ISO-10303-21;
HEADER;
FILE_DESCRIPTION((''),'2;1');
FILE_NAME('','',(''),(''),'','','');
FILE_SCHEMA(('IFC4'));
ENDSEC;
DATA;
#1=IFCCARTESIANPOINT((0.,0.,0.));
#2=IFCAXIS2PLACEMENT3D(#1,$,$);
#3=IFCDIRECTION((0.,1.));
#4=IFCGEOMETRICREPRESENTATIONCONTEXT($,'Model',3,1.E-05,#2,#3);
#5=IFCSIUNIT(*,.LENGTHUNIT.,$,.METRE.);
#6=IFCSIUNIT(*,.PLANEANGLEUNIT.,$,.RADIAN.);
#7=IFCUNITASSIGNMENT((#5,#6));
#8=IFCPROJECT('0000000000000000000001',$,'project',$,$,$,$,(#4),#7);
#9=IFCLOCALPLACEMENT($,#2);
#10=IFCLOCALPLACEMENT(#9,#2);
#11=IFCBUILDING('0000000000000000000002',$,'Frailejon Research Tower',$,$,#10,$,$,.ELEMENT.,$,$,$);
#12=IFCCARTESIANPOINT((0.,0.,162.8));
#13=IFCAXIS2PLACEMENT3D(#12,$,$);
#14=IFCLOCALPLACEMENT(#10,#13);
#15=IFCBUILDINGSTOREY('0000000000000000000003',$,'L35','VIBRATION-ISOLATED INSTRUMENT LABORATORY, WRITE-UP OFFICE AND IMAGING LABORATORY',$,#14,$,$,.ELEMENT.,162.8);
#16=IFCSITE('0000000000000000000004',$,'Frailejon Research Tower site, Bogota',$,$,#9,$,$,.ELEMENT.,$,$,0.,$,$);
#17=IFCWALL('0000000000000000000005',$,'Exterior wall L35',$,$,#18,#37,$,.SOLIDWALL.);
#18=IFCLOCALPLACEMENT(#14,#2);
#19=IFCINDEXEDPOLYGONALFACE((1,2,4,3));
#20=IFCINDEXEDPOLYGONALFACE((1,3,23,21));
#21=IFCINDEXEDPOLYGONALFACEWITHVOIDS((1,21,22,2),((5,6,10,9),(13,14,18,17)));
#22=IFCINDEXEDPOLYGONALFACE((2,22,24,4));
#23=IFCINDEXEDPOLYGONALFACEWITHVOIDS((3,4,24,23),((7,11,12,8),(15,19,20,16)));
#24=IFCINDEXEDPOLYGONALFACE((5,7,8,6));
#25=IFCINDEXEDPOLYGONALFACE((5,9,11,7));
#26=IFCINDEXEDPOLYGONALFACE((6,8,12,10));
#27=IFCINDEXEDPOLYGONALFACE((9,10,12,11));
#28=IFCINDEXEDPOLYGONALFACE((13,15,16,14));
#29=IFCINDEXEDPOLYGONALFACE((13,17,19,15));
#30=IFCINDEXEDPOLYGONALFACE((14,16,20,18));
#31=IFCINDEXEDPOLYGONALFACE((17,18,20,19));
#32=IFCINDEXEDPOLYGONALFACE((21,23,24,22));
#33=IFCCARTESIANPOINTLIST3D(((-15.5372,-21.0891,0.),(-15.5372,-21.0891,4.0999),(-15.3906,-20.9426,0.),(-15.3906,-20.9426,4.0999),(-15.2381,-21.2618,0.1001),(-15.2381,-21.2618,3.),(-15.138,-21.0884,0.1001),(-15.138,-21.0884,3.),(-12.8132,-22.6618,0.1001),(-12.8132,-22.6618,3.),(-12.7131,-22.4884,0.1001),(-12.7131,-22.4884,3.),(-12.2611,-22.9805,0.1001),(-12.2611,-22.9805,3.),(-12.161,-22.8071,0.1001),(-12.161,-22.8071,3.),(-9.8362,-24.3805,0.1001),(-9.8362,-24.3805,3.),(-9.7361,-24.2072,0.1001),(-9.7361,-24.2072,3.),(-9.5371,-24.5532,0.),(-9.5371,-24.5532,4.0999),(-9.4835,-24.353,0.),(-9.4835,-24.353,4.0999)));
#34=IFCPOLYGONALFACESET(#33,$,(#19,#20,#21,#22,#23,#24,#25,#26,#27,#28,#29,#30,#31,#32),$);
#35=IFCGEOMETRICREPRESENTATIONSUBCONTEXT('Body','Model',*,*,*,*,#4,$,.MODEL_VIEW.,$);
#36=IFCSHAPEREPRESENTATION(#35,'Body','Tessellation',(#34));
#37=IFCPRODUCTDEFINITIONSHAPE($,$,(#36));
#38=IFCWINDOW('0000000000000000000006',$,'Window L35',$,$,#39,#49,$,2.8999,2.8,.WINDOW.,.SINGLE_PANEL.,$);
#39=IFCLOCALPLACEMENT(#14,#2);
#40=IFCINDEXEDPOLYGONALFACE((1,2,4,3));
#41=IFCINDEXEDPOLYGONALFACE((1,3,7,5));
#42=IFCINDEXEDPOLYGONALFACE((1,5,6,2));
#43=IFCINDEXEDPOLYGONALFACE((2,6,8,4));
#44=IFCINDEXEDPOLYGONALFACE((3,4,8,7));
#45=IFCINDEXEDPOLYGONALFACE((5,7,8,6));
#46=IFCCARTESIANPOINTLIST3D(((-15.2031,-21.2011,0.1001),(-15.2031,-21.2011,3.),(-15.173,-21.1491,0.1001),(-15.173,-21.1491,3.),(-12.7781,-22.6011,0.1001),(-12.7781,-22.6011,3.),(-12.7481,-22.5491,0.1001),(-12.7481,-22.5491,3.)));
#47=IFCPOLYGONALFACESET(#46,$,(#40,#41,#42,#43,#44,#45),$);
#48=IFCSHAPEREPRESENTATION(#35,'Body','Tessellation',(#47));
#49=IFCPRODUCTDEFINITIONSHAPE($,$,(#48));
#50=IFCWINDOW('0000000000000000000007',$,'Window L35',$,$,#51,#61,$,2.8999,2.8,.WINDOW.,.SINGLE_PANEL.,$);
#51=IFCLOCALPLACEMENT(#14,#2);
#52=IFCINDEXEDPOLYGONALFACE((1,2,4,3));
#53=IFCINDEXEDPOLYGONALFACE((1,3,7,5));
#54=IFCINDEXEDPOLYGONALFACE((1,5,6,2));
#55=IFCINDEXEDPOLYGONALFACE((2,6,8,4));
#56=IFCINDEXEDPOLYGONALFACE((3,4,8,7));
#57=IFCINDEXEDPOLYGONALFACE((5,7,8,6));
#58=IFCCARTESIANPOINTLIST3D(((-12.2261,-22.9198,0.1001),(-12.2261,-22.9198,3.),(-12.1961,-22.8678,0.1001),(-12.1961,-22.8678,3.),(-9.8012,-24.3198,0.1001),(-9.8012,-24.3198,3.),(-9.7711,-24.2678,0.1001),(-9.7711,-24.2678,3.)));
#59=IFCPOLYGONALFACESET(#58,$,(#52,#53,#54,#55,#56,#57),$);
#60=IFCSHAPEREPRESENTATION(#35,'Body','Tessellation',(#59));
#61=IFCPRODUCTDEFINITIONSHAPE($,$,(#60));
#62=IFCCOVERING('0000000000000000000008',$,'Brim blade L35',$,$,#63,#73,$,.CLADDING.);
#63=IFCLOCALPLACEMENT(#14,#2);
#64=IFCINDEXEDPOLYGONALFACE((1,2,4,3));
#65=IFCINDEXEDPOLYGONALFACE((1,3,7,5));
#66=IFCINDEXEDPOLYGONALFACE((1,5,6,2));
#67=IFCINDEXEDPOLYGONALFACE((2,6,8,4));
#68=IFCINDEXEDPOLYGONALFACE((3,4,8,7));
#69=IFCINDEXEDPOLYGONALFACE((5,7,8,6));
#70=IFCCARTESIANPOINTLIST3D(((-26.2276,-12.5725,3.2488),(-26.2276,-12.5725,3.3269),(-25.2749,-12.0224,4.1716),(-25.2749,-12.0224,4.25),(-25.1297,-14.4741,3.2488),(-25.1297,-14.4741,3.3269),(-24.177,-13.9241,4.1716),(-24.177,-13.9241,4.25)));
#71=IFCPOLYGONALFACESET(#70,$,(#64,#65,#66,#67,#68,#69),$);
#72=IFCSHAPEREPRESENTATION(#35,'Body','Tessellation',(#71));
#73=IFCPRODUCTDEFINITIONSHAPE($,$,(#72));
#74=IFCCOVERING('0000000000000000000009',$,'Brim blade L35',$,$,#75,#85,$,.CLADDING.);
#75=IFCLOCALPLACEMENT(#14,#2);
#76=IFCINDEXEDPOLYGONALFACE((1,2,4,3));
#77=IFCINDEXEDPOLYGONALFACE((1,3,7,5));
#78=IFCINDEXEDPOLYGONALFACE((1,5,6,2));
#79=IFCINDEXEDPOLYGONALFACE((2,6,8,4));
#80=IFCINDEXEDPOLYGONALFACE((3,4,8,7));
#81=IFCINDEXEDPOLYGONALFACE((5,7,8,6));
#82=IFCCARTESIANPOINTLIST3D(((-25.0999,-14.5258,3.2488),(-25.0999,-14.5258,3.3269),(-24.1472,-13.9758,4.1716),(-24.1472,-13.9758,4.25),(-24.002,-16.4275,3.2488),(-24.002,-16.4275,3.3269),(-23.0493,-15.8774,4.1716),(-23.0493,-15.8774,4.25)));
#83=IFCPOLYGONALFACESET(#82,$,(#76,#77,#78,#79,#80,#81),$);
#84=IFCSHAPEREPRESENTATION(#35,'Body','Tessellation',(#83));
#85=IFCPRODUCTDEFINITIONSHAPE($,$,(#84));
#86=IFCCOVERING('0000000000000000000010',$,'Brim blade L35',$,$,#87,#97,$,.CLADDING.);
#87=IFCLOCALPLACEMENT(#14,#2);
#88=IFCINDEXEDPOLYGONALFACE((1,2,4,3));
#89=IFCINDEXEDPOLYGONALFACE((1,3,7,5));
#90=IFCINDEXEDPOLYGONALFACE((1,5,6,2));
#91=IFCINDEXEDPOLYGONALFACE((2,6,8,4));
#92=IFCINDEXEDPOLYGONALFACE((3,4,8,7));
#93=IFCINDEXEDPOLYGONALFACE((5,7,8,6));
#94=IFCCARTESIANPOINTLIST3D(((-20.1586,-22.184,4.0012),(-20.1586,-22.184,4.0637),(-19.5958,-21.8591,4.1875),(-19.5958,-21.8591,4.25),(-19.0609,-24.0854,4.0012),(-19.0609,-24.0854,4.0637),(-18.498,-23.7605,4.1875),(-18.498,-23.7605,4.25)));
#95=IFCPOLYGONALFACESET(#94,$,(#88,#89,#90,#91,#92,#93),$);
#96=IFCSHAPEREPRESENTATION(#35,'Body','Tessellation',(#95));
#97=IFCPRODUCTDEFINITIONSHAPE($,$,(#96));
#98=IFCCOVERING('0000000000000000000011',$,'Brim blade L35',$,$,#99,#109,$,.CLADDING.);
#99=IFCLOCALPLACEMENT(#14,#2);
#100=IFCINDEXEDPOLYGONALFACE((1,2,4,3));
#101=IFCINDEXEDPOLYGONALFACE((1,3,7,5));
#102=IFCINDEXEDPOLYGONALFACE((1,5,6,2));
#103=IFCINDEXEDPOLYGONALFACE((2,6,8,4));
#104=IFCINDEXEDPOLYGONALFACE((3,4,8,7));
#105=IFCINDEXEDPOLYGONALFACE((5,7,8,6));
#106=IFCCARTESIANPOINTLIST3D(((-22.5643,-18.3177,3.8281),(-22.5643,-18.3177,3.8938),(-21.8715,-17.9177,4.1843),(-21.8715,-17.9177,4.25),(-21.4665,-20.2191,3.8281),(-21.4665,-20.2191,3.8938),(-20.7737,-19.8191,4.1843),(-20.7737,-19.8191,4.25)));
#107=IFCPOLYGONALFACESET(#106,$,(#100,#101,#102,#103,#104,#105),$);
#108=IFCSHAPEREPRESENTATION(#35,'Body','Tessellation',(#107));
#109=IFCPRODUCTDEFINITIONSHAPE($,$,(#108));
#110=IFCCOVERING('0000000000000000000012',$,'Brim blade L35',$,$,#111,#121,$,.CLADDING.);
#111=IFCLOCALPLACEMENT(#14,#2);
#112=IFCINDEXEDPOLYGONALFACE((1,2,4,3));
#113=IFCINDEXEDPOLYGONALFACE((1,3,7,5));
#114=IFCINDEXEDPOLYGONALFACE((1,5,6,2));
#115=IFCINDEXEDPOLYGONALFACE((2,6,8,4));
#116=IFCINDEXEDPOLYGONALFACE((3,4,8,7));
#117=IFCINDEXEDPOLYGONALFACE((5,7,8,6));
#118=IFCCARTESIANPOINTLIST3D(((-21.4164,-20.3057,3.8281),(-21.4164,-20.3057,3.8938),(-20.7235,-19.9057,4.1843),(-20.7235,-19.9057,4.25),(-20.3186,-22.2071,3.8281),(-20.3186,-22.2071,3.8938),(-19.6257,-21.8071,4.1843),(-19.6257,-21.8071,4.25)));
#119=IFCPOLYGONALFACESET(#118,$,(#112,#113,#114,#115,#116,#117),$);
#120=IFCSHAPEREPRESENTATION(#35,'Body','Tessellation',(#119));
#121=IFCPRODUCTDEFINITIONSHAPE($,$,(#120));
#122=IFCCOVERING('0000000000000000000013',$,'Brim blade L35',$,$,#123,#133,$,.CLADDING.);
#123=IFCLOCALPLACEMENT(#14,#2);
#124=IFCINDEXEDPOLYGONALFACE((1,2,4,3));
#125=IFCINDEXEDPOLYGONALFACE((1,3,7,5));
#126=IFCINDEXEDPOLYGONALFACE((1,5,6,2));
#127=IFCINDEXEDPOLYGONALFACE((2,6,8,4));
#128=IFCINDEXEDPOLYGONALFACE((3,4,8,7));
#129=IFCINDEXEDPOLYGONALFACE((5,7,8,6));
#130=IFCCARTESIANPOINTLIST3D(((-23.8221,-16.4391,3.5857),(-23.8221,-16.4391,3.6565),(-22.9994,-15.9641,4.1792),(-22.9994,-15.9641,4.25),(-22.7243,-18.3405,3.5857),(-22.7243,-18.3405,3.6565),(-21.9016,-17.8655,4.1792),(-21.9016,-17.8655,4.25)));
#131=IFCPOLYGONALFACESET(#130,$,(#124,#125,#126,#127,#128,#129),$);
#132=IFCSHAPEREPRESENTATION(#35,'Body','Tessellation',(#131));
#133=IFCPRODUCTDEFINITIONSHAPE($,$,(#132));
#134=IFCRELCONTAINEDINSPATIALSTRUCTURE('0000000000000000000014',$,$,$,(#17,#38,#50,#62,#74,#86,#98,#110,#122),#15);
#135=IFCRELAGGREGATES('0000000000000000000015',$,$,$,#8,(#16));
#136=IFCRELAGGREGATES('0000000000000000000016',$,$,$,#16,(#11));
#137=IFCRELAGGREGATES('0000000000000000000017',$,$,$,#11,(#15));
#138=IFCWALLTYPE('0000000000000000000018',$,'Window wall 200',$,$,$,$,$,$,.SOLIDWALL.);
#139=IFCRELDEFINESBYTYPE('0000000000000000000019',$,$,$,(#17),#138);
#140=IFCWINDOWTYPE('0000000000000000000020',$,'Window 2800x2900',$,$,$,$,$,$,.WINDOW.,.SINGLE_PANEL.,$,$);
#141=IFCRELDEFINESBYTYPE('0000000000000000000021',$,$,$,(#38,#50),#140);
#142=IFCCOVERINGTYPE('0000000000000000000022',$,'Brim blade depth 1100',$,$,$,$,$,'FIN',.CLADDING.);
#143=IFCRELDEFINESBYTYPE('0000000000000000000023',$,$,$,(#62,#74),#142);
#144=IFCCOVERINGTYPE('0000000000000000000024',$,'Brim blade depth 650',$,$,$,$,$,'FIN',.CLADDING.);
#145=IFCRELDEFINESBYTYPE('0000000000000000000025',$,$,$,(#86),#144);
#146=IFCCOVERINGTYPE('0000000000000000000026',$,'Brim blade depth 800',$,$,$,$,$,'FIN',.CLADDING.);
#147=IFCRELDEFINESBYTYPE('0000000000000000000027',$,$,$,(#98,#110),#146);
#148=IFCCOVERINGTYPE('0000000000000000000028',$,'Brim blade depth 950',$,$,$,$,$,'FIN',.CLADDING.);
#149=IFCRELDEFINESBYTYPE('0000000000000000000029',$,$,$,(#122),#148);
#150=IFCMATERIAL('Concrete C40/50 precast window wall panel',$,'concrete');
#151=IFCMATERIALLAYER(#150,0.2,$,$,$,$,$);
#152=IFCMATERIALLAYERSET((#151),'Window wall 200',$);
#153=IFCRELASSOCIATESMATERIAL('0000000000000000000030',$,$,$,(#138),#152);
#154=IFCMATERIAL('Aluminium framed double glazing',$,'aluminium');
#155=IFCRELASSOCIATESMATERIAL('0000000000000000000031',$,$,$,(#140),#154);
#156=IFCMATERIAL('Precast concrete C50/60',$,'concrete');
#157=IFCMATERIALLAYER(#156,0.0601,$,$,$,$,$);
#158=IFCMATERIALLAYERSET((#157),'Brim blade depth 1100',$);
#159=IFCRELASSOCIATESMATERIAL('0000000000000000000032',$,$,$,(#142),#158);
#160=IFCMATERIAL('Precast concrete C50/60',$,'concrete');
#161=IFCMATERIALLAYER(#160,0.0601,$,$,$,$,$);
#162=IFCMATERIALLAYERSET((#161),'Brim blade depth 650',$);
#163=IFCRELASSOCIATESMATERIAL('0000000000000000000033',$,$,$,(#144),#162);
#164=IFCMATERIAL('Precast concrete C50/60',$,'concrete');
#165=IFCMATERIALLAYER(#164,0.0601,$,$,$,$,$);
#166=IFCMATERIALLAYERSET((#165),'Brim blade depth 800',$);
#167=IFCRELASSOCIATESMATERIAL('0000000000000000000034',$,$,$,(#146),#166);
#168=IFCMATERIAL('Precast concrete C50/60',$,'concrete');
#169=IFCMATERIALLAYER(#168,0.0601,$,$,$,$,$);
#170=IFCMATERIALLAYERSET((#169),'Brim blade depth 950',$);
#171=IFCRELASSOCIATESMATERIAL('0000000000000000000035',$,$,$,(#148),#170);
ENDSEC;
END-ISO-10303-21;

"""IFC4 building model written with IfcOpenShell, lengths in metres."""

from ifc_helpers import new_model, si_unit, direction, frame, frame_2d, origin, place, context, subcontext, project, spatial, polyline, rectangle, outline, extrude, material, layer, layer_set, type_object, element, fill, save


model = new_model("IFC4")

# Units and contexts
model_context = context("Model", 3, precision=1e-05, world=origin(), true_north=direction((0.0, 1.0)))
body_context = subcontext(model_context, "Body", "Model", "MODEL_VIEW")
ifc_project = project(units=[si_unit("LENGTHUNIT", "METRE"), si_unit("PLANEANGLEUNIT", "RADIAN")], contexts=[model_context])

# Site, building, storey
site_placement = place(None, origin())
site = spatial("IfcSite", under=ifc_project, at=site_placement, Name="Frailejon Research Tower site, Bogota", CompositionType="ELEMENT", RefElevation=0.0)
building_placement = place(site_placement, origin())
building = spatial("IfcBuilding", under=site, at=building_placement, Name="Frailejon Research Tower", CompositionType="ELEMENT")
storey_placement = place(building_placement, frame((0.0, 0.0, 162.8)))
storey = spatial("IfcBuildingStorey", under=building, at=storey_placement, Name="L35", Description="VIBRATION-ISOLATED INSTRUMENT LABORATORY, WRITE-UP OFFICE AND IMAGING LABORATORY", CompositionType="ELEMENT", Elevation=162.8)

# Wall, openings, windows
ifc_material_1 = material(Name="Concrete C40/50 precast window wall panel", Category="concrete")
ifc_layer_1 = layer(ifc_material_1, 0.2)
ifc_layer_set_1 = layer_set([ifc_layer_1], Name="Window wall 200")
wall_type_1 = type_object("IfcWallType", Name="Window wall 200", PredefinedType="SOLIDWALL", material=ifc_layer_set_1)
wall_1_placement = place(storey_placement, frame((-15.4639, -21.0159, 0.0), z_axis=(0.0, 0.0, 1.0), x_axis=(0.866029, -0.499993, 0.0)))
wall_1 = element("IfcWall", 1, at=wall_1_placement, inside=storey, type_object=wall_type_1, Name="Exterior wall L35", PredefinedType="SOLIDWALL", context=body_context, shape_type="SweptSolid", body=[
    extrude(outline(polyline([(-0.0269, -0.1001), (1.1279, -0.1001), (2.2825, -0.1001), (3.4373, -0.1001), (4.592, -0.1001), (5.7466, -0.1001), (6.9014, -0.1001), (6.8477, 0.1001), (5.7109, 0.1001), (4.574, 0.1001), (3.4373, 0.1001), (2.3005, 0.1001), (1.1636, 0.1001), (0.0269, 0.1001), (-0.0269, -0.1001)])), origin(), (0.0, 0.0, 1.0), 4.0999),
])
opening_1_placement = place(wall_1_placement, frame((0.3186, 0.0, 0.1001)))
opening_1 = element("IfcOpeningElement", 2, at=opening_1_placement, cuts=wall_1, PredefinedType="OPENING", context=body_context, shape_type="SweptSolid", body=[
    extrude(rectangle(XDim=2.8, YDim=2.8999, at=frame_2d((1.3999, 1.45))), frame((0.0, 0.1099, 0.0), z_axis=(0.0, -1.0, 0.0), x_axis=(1.0, 0.0, 0.0)), (0.0, 0.0, 1.0), 0.22),
])
opening_2_placement = place(wall_1_placement, frame((3.7561, 0.0, 0.1001)))
opening_2 = element("IfcOpeningElement", 3, at=opening_2_placement, cuts=wall_1, PredefinedType="OPENING", context=body_context, shape_type="SweptSolid", body=[
    extrude(rectangle(XDim=2.8, YDim=2.8999, at=frame_2d((1.3999, 1.45))), frame((0.0, 0.1099, 0.0), z_axis=(0.0, -1.0, 0.0), x_axis=(1.0, 0.0, 0.0)), (0.0, 0.0, 1.0), 0.22),
])
ifc_material_2 = material(Name="Aluminium framed double glazing", Category="aluminium")
window_type = type_object("IfcWindowType", Name="Window 2800x2900", PartitioningType="SINGLE_PANEL", PredefinedType="WINDOW", material=ifc_material_2)
window_1_placement = place(opening_1_placement, origin())
window_1 = element("IfcWindow", 4, at=window_1_placement, inside=storey, type_object=window_type, Name="Window L35", OverallHeight=2.8999, OverallWidth=2.8, PartitioningType="SINGLE_PANEL", PredefinedType="WINDOW", context=body_context, shape_type="SweptSolid", body=[
    extrude(rectangle(XDim=2.8, YDim=2.8999, at=frame_2d((1.3999, 1.45))), frame((0.0, 0.03, 0.0), z_axis=(0.0, -1.0, 0.0), x_axis=(1.0, 0.0, 0.0)), (0.0, 0.0, 1.0), 0.0601),
])
fill(opening_1, window_1)
window_2_placement = place(opening_2_placement, origin())
window_2 = element("IfcWindow", 5, at=window_2_placement, inside=storey, type_object=window_type, Name="Window L35", OverallHeight=2.8999, OverallWidth=2.8, PartitioningType="SINGLE_PANEL", PredefinedType="WINDOW", context=body_context, shape_type="SweptSolid", body=[
    extrude(rectangle(XDim=2.8, YDim=2.8999, at=frame_2d((1.3999, 1.45))), frame((0.0, 0.03, 0.0), z_axis=(0.0, -1.0, 0.0), x_axis=(1.0, 0.0, 0.0)), (0.0, 0.0, 1.0), 0.0601),
])
fill(opening_2, window_2)

# Coverings
ifc_material_3 = material(Name="Precast concrete C50/60", Category="concrete")
ifc_layer_2 = layer(ifc_material_3, 0.0601)
ifc_layer_set_2 = layer_set([ifc_layer_2], Name="Brim blade depth 1100")
covering_type_1 = type_object("IfcCoveringType", Name="Brim blade depth 1100", ElementType="FIN", PredefinedType="CLADDING", material=ifc_layer_set_2)
for number, where, z_axis, x_axis, name in (
    (6, (-24.177, -13.9241, 4.25), (-0.499986, 0.866033, 0.0), (-0.866033, -0.499986, 0.0), "Brim blade L35"),
    (7, (-23.0493, -15.8774, 4.25), (-0.499986, 0.866033, 0.0), (-0.866033, -0.499986, 0.0), "Brim blade L35"),
):
    element("IfcCovering", number, at=place(storey_placement, frame(where, z_axis=z_axis, x_axis=x_axis)), inside=storey, type_object=covering_type_1, Name=name, PredefinedType="CLADDING", context=body_context, shape_type="SweptSolid", body=[
        extrude(outline(polyline([(0.0, -0.0784), (1.1001, -1.0012), (1.1001, -0.9231), (0.0, 0.0), (0.0, -0.0784)])), origin(), (0.0, 0.0, 1.0), 2.1958),
    ])
ifc_material_4 = material(Name="Precast concrete C50/60", Category="concrete")
ifc_layer_3 = layer(ifc_material_4, 0.0601)
ifc_layer_set_3 = layer_set([ifc_layer_3], Name="Brim blade depth 650")
covering_type_2 = type_object("IfcCoveringType", Name="Brim blade depth 650", ElementType="FIN", PredefinedType="CLADDING", material=ifc_layer_set_3)
covering_1_placement = place(storey_placement, frame((-18.498, -23.7605, 4.25), z_axis=(-0.499996, 0.866028, 0.0), x_axis=(-0.866028, -0.499996, 0.0)))
element("IfcCovering", 8, at=covering_1_placement, inside=storey, type_object=covering_type_2, Name="Brim blade L35", PredefinedType="CLADDING", context=body_context, shape_type="SweptSolid", body=[
    extrude(outline(polyline([(0.0, -0.0625), (0.6499, -0.2488), (0.6499, -0.1863), (0.0, 0.0), (0.0, -0.0625)])), origin(), (0.0, 0.0, 1.0), 2.1956),
])
ifc_material_5 = material(Name="Precast concrete C50/60", Category="concrete")
ifc_layer_4 = layer(ifc_material_5, 0.0601)
ifc_layer_set_4 = layer_set([ifc_layer_4], Name="Brim blade depth 800")
covering_type_3 = type_object("IfcCoveringType", Name="Brim blade depth 800", ElementType="FIN", PredefinedType="CLADDING", material=ifc_layer_set_4)
for number, where, z_axis, x_axis, name in (
    (9, (-20.7737, -19.8191, 4.25), (-0.500012, 0.866018, 0.0), (-0.866018, -0.500012, 0.0), "Brim blade L35"),
    (10, (-19.6257, -21.8071, 4.25), (-0.499996, 0.866028, 0.0), (-0.866028, -0.499996, 0.0), "Brim blade L35"),
):
    element("IfcCovering", number, at=place(storey_placement, frame(where, z_axis=z_axis, x_axis=x_axis)), inside=storey, type_object=covering_type_3, Name=name, PredefinedType="CLADDING", context=body_context, shape_type="SweptSolid", body=[
        extrude(outline(polyline([(0.0, -0.0657), (0.8, -0.4219), (0.8, -0.3562), (0.0, 0.0), (0.0, -0.0657)])), origin(), (0.0, 0.0, 1.0), 2.1956),
    ])
ifc_material_6 = material(Name="Precast concrete C50/60", Category="concrete")
ifc_layer_5 = layer(ifc_material_6, 0.0601)
ifc_layer_set_5 = layer_set([ifc_layer_5], Name="Brim blade depth 950")
covering_type_4 = type_object("IfcCoveringType", Name="Brim blade depth 950", ElementType="FIN", PredefinedType="CLADDING", material=ifc_layer_set_5)
covering_2_placement = place(storey_placement, frame((-21.9016, -17.8655, 4.25), z_axis=(-0.500012, 0.866018, 0.0), x_axis=(-0.866018, -0.500012, 0.0)))
element("IfcCovering", 11, at=covering_2_placement, inside=storey, type_object=covering_type_4, Name="Brim blade L35", PredefinedType="CLADDING", context=body_context, shape_type="SweptSolid", body=[
    extrude(outline(polyline([(0.0, -0.0708), (0.95, -0.6643), (0.95, -0.5935), (0.0, 0.0), (0.0, -0.0708)])), origin(), (0.0, 0.0, 1.0), 2.1956),
])

save(model, "model.ifc")
